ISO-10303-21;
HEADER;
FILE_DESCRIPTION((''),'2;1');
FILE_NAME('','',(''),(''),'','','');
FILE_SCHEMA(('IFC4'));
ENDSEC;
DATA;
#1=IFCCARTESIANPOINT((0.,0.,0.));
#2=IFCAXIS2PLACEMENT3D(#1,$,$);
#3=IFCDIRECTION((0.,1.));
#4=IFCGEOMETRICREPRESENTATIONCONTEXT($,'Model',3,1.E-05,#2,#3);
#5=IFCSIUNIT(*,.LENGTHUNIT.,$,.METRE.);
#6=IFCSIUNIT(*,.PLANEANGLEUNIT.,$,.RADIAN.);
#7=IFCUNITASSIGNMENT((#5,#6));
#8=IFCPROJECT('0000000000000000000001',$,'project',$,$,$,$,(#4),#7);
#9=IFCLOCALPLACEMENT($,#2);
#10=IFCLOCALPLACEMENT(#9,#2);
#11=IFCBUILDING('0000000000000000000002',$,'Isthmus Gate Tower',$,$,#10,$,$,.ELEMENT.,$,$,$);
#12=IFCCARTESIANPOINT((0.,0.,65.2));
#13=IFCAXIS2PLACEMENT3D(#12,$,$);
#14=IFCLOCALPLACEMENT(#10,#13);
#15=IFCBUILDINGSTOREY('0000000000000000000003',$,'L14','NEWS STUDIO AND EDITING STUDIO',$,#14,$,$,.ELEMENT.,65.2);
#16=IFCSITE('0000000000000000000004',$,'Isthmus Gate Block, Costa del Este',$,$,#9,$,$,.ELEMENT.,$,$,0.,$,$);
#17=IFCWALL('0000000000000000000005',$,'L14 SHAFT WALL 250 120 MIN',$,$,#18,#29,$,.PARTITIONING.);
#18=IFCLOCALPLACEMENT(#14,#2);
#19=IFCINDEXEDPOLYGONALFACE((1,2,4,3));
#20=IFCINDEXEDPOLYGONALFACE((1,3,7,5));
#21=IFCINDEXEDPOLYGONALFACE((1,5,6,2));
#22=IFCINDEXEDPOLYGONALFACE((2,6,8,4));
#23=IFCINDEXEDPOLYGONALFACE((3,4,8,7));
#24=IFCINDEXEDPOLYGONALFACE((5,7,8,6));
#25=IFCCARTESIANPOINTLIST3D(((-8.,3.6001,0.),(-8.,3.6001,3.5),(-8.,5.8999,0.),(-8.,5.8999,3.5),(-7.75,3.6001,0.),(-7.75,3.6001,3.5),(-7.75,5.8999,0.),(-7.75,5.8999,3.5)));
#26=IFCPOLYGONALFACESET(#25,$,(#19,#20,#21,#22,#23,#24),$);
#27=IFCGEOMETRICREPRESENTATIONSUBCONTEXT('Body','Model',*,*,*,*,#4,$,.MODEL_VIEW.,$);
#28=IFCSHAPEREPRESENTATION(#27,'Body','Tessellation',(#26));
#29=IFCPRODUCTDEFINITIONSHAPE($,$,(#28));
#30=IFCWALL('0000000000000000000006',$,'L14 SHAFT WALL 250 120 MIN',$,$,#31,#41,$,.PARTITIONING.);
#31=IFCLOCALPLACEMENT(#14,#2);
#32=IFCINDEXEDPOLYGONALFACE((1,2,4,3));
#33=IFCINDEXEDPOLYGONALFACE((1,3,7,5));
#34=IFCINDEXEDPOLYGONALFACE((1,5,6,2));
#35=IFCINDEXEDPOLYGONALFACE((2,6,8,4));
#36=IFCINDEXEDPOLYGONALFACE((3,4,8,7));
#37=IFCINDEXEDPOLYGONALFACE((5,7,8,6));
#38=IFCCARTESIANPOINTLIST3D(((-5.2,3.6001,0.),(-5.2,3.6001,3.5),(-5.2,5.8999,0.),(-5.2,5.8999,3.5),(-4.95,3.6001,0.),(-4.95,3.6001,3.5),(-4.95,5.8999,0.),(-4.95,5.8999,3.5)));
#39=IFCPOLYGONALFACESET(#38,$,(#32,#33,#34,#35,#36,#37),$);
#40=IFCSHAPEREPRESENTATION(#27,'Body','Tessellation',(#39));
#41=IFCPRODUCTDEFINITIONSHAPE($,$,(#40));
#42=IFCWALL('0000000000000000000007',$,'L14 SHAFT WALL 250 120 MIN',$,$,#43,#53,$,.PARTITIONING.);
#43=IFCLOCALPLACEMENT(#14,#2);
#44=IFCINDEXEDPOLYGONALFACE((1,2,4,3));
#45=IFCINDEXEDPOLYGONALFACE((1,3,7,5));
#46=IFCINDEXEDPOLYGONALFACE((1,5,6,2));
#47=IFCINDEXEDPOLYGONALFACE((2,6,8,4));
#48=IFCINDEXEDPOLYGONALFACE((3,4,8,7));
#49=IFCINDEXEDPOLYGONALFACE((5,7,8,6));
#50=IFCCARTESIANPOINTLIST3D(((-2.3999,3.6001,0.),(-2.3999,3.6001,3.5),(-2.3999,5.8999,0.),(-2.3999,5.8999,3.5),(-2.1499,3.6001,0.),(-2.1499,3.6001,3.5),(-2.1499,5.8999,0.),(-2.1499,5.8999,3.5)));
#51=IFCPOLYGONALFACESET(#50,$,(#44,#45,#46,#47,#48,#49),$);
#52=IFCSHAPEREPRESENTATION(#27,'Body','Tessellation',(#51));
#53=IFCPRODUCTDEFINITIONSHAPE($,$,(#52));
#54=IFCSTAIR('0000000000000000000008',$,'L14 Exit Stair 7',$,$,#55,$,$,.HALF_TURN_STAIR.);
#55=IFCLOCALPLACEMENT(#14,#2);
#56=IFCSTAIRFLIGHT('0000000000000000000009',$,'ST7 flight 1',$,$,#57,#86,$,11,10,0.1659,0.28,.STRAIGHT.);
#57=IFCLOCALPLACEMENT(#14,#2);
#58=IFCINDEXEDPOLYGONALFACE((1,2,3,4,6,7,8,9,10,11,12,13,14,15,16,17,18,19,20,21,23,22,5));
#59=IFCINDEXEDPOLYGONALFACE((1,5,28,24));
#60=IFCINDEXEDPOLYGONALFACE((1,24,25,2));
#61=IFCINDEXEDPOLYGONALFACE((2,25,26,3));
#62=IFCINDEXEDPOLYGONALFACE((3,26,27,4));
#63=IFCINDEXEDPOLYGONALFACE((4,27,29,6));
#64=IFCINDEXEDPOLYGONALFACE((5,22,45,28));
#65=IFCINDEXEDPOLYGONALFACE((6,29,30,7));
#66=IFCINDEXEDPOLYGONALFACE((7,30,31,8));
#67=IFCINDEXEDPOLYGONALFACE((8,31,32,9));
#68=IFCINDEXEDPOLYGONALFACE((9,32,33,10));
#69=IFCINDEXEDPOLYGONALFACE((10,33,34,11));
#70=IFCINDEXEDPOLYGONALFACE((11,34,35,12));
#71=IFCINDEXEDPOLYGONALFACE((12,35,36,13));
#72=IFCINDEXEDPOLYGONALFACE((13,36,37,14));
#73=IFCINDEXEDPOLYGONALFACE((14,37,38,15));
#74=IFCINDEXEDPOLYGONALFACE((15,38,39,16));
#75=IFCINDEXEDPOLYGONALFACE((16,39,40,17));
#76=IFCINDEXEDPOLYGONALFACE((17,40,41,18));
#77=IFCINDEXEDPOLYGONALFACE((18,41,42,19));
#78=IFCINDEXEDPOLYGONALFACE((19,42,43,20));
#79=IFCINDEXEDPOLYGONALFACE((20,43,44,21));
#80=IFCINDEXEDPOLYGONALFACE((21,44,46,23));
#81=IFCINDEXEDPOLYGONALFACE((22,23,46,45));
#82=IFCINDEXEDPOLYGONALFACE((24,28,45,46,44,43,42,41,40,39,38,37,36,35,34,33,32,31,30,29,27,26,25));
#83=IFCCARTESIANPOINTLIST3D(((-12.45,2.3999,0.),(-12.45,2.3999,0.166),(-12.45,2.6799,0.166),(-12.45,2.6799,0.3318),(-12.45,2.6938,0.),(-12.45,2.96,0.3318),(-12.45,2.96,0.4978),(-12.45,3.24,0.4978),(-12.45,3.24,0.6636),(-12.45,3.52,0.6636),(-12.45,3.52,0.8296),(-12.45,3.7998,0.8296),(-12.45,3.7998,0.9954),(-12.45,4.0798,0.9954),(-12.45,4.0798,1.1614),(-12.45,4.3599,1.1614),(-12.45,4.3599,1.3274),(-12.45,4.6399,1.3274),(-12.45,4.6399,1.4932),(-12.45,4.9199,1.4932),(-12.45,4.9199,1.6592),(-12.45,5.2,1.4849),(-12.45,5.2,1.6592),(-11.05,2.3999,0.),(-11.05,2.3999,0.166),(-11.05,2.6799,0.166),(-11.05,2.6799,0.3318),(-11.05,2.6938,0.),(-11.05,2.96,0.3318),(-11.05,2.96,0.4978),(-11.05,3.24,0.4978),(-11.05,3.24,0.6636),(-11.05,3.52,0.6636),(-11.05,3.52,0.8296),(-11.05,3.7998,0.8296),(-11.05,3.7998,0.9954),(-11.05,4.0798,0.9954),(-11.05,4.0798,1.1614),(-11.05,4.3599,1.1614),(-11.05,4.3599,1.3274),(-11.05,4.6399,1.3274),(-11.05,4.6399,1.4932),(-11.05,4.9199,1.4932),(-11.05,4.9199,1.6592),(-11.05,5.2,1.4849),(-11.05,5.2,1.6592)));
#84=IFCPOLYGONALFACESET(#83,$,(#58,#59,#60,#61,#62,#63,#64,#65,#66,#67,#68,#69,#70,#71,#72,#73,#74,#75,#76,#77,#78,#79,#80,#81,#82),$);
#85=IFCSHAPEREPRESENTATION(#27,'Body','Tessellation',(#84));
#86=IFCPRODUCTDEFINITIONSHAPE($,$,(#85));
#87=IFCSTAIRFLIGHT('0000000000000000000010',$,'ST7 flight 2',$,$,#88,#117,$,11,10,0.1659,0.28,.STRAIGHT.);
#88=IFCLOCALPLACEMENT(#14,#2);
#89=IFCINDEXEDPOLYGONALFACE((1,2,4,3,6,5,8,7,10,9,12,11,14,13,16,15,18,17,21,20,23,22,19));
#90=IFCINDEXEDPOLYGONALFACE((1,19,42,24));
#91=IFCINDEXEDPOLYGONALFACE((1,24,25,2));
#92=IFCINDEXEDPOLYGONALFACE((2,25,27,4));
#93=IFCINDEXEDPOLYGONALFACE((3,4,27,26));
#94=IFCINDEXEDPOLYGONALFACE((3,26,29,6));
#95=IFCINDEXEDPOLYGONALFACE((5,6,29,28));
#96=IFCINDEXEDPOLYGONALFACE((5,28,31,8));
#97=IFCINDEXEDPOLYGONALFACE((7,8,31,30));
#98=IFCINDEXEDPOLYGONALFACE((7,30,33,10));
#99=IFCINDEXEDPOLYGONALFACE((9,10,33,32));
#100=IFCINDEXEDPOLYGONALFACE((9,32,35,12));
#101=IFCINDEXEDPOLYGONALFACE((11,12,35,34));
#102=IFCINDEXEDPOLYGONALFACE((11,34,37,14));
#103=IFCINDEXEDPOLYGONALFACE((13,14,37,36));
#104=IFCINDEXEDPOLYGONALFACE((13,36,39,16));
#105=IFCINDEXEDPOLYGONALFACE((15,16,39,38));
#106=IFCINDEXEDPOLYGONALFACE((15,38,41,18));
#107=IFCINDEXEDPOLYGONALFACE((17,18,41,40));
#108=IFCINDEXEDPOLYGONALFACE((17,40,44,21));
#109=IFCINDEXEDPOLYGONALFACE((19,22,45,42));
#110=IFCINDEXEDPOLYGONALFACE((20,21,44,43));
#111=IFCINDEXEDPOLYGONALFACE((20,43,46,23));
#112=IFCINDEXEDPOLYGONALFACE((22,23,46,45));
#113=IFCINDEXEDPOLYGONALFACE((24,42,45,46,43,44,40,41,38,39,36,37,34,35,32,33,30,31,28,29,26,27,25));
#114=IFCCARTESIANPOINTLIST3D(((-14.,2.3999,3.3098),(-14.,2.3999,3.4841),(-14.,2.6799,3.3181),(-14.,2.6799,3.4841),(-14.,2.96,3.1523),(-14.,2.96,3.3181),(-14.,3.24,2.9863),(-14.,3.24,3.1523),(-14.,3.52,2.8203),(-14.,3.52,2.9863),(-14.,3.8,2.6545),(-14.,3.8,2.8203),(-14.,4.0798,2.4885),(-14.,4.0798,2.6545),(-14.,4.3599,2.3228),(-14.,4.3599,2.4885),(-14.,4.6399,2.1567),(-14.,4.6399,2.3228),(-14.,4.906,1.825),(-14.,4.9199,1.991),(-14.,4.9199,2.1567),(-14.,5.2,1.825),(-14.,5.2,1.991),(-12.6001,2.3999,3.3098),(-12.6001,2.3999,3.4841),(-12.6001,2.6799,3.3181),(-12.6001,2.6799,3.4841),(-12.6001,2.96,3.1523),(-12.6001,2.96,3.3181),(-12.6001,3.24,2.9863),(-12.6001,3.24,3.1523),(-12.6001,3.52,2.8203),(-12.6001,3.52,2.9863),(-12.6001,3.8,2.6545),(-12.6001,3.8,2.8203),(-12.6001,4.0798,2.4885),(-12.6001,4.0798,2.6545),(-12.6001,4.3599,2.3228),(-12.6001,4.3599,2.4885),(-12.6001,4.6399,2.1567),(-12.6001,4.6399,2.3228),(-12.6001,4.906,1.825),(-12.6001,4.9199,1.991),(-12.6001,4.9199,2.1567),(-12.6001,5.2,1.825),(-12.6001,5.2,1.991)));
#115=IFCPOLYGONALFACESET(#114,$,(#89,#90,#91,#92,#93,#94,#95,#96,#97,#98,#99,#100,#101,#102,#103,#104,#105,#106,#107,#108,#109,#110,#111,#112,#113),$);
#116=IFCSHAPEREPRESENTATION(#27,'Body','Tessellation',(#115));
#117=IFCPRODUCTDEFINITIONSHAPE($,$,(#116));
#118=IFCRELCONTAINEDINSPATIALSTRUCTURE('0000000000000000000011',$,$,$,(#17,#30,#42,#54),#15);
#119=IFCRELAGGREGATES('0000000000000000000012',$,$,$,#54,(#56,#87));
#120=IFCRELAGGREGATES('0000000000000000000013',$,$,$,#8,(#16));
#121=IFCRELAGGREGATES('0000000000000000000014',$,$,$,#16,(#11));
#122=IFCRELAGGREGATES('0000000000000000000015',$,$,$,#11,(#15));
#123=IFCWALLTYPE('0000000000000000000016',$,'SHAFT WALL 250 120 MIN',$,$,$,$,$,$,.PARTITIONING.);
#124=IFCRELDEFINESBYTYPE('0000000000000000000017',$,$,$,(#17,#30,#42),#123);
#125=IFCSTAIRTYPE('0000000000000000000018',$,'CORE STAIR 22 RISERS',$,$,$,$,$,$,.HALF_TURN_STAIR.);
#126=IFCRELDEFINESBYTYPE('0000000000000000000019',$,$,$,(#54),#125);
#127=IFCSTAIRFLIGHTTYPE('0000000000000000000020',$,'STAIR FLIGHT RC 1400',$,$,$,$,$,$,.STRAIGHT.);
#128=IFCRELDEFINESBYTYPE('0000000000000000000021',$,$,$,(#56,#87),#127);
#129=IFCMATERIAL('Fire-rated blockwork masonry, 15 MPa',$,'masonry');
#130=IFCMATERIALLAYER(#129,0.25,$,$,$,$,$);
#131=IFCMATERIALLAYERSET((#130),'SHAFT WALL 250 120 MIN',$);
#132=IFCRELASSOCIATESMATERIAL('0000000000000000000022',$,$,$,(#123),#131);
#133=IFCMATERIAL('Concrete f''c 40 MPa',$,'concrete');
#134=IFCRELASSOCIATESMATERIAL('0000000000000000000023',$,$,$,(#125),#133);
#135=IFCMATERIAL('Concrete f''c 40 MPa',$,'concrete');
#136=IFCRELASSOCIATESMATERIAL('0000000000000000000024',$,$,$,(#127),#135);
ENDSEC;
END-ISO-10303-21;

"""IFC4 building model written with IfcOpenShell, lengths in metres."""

from ifc_helpers import new_model, si_unit, direction, frame, frame_2d, origin, place, context, subcontext, project, spatial, polyline, rectangle, outline, extrude, material, layer, layer_set, type_object, element, aggregate, save


model = new_model("IFC4")

# Units and contexts
model_context = context("Model", 3, precision=1e-05, world=origin(), true_north=direction((0.0, 1.0)))
body_context = subcontext(model_context, "Body", "Model", "MODEL_VIEW")
ifc_project = project(units=[si_unit("LENGTHUNIT", "METRE"), si_unit("PLANEANGLEUNIT", "RADIAN")], contexts=[model_context])

# Site, building, storey
site_placement = place(None, origin())
site = spatial("IfcSite", under=ifc_project, at=site_placement, Name="Isthmus Gate Block, Costa del Este", CompositionType="ELEMENT", RefElevation=0.0)
building_placement = place(site_placement, origin())
building = spatial("IfcBuilding", under=site, at=building_placement, Name="Isthmus Gate Tower", CompositionType="ELEMENT")
storey_placement = place(building_placement, frame((0.0, 0.0, 65.2)))
storey = spatial("IfcBuildingStorey", under=building, at=storey_placement, Name="L14", Description="NEWS STUDIO AND EDITING STUDIO", CompositionType="ELEMENT", Elevation=65.2)

# Walls
ifc_material_1 = material(Name="Fire-rated blockwork masonry, 15 MPa", Category="masonry")
ifc_layer_1 = layer(ifc_material_1, 0.25)
ifc_layer_set_1 = layer_set([ifc_layer_1], Name="SHAFT WALL 250 120 MIN")
wall_type_1 = type_object("IfcWallType", Name="SHAFT WALL 250 120 MIN", PredefinedType="PARTITIONING", material=ifc_layer_set_1)
for number, where, z_axis, x_axis, name in (
    (1, (-7.875, 3.6001, 0.0), (0.0, 0.0, 1.0), (0.0, 1.0, 0.0), "L14 SHAFT WALL 250 120 MIN"),
    (2, (-5.075, 3.6001, 0.0), (0.0, 0.0, 1.0), (0.0, 1.0, 0.0), "L14 SHAFT WALL 250 120 MIN"),
    (3, (-2.2749, 3.6001, 0.0), (0.0, 0.0, 1.0), (0.0, 1.0, 0.0), "L14 SHAFT WALL 250 120 MIN"),
):
    element("IfcWall", number, at=place(storey_placement, frame(where, z_axis=z_axis, x_axis=x_axis)), inside=storey, type_object=wall_type_1, Name=name, PredefinedType="PARTITIONING", context=body_context, shape_type="SweptSolid", body=[
        extrude(rectangle(XDim=2.2998, YDim=0.25, at=frame_2d((1.1499, 0.0))), origin(), (0.0, 0.0, 1.0), 3.5),
    ])

# Stair, stair flights
ifc_material_2 = material(Name="Concrete f'c 40 MPa", Category="concrete")
stair_type = type_object("IfcStairType", Name="CORE STAIR 22 RISERS", PredefinedType="HALF_TURN_STAIR", material=ifc_material_2)
stair_placement = place(storey_placement, origin())
stair = element("IfcStair", 4, at=stair_placement, inside=storey, type_object=stair_type, Name="L14 Exit Stair 7", PredefinedType="HALF_TURN_STAIR")
ifc_material_3 = material(Name="Concrete f'c 40 MPa", Category="concrete")
stair_flight_type = type_object("IfcStairFlightType", Name="STAIR FLIGHT RC 1400", PredefinedType="STRAIGHT", material=ifc_material_3)
stair_flight_1_placement = place(storey_placement, frame((-11.75, 2.3999, 0.0), z_axis=(0.0, 0.0, 1.0), x_axis=(0.0, 1.0, 0.0)))
stair_flight_1 = element("IfcStairFlight", 5, at=stair_flight_1_placement, type_object=stair_flight_type, Name="ST7 flight 1", NumberOfRisers=11, NumberOfTreads=10, PredefinedType="STRAIGHT", RiserHeight=0.1659, TreadLength=0.28, context=body_context, shape_type="SweptSolid", body=[
    extrude(outline(polyline([(0.0, 0.0), (0.0, 0.166), (0.28, 0.166), (0.28, 0.3318), (0.5601, 0.3318), (0.5601, 0.4978), (0.8401, 0.4978), (0.8401, 0.6636), (1.1201, 0.6636), (1.1201, 0.8296), (1.3999, 0.8296), (1.3999, 0.9954), (1.6799, 0.9954), (1.6799, 1.1614), (1.96, 1.1614), (1.96, 1.3274), (2.24, 1.3274), (2.24, 1.4932), (2.52, 1.4932), (2.52, 1.6592), (2.8, 1.6592), (2.8, 1.825), (2.8, 1.4849), (0.2939, 0.0), (0.0, 0.0)])), frame((0.0, 0.7, 0.0), z_axis=(0.0, -1.0, 0.0), x_axis=(1.0, 0.0, 0.0)), (0.0, 0.0, 1.0), 1.3999),
])
stair_flight_2_placement = place(storey_placement, frame((-13.3, 5.2, 1.825), z_axis=(0.0, 0.0, 1.0), x_axis=(0.0, -1.0, 0.0)))
stair_flight_2 = element("IfcStairFlight", 6, at=stair_flight_2_placement, type_object=stair_flight_type, Name="ST7 flight 2", NumberOfRisers=11, NumberOfTreads=10, PredefinedType="STRAIGHT", RiserHeight=0.1659, TreadLength=0.28, context=body_context, shape_type="SweptSolid", body=[
    extrude(outline(polyline([(0.0, 0.0), (0.0, 0.166), (0.28, 0.166), (0.28, 0.3318), (0.5601, 0.3318), (0.5601, 0.4978), (0.8401, 0.4978), (0.8401, 0.6636), (1.1201, 0.6636), (1.1201, 0.8296), (1.3999, 0.8296), (1.3999, 0.9954), (1.6799, 0.9954), (1.6799, 1.1614), (1.96, 1.1614), (1.96, 1.3274), (2.24, 1.3274), (2.24, 1.4932), (2.52, 1.4932), (2.52, 1.6592), (2.8, 1.6592), (2.8, 1.825), (2.8, 1.4849), (0.2939, 0.0), (0.0, 0.0)])), frame((0.0, 0.7, 0.0), z_axis=(0.0, -1.0, 0.0), x_axis=(1.0, 0.0, 0.0)), (0.0, 0.0, 1.0), 1.3999),
])
aggregate(stair, [stair_flight_1, stair_flight_2])

save(model, "model.ifc")
